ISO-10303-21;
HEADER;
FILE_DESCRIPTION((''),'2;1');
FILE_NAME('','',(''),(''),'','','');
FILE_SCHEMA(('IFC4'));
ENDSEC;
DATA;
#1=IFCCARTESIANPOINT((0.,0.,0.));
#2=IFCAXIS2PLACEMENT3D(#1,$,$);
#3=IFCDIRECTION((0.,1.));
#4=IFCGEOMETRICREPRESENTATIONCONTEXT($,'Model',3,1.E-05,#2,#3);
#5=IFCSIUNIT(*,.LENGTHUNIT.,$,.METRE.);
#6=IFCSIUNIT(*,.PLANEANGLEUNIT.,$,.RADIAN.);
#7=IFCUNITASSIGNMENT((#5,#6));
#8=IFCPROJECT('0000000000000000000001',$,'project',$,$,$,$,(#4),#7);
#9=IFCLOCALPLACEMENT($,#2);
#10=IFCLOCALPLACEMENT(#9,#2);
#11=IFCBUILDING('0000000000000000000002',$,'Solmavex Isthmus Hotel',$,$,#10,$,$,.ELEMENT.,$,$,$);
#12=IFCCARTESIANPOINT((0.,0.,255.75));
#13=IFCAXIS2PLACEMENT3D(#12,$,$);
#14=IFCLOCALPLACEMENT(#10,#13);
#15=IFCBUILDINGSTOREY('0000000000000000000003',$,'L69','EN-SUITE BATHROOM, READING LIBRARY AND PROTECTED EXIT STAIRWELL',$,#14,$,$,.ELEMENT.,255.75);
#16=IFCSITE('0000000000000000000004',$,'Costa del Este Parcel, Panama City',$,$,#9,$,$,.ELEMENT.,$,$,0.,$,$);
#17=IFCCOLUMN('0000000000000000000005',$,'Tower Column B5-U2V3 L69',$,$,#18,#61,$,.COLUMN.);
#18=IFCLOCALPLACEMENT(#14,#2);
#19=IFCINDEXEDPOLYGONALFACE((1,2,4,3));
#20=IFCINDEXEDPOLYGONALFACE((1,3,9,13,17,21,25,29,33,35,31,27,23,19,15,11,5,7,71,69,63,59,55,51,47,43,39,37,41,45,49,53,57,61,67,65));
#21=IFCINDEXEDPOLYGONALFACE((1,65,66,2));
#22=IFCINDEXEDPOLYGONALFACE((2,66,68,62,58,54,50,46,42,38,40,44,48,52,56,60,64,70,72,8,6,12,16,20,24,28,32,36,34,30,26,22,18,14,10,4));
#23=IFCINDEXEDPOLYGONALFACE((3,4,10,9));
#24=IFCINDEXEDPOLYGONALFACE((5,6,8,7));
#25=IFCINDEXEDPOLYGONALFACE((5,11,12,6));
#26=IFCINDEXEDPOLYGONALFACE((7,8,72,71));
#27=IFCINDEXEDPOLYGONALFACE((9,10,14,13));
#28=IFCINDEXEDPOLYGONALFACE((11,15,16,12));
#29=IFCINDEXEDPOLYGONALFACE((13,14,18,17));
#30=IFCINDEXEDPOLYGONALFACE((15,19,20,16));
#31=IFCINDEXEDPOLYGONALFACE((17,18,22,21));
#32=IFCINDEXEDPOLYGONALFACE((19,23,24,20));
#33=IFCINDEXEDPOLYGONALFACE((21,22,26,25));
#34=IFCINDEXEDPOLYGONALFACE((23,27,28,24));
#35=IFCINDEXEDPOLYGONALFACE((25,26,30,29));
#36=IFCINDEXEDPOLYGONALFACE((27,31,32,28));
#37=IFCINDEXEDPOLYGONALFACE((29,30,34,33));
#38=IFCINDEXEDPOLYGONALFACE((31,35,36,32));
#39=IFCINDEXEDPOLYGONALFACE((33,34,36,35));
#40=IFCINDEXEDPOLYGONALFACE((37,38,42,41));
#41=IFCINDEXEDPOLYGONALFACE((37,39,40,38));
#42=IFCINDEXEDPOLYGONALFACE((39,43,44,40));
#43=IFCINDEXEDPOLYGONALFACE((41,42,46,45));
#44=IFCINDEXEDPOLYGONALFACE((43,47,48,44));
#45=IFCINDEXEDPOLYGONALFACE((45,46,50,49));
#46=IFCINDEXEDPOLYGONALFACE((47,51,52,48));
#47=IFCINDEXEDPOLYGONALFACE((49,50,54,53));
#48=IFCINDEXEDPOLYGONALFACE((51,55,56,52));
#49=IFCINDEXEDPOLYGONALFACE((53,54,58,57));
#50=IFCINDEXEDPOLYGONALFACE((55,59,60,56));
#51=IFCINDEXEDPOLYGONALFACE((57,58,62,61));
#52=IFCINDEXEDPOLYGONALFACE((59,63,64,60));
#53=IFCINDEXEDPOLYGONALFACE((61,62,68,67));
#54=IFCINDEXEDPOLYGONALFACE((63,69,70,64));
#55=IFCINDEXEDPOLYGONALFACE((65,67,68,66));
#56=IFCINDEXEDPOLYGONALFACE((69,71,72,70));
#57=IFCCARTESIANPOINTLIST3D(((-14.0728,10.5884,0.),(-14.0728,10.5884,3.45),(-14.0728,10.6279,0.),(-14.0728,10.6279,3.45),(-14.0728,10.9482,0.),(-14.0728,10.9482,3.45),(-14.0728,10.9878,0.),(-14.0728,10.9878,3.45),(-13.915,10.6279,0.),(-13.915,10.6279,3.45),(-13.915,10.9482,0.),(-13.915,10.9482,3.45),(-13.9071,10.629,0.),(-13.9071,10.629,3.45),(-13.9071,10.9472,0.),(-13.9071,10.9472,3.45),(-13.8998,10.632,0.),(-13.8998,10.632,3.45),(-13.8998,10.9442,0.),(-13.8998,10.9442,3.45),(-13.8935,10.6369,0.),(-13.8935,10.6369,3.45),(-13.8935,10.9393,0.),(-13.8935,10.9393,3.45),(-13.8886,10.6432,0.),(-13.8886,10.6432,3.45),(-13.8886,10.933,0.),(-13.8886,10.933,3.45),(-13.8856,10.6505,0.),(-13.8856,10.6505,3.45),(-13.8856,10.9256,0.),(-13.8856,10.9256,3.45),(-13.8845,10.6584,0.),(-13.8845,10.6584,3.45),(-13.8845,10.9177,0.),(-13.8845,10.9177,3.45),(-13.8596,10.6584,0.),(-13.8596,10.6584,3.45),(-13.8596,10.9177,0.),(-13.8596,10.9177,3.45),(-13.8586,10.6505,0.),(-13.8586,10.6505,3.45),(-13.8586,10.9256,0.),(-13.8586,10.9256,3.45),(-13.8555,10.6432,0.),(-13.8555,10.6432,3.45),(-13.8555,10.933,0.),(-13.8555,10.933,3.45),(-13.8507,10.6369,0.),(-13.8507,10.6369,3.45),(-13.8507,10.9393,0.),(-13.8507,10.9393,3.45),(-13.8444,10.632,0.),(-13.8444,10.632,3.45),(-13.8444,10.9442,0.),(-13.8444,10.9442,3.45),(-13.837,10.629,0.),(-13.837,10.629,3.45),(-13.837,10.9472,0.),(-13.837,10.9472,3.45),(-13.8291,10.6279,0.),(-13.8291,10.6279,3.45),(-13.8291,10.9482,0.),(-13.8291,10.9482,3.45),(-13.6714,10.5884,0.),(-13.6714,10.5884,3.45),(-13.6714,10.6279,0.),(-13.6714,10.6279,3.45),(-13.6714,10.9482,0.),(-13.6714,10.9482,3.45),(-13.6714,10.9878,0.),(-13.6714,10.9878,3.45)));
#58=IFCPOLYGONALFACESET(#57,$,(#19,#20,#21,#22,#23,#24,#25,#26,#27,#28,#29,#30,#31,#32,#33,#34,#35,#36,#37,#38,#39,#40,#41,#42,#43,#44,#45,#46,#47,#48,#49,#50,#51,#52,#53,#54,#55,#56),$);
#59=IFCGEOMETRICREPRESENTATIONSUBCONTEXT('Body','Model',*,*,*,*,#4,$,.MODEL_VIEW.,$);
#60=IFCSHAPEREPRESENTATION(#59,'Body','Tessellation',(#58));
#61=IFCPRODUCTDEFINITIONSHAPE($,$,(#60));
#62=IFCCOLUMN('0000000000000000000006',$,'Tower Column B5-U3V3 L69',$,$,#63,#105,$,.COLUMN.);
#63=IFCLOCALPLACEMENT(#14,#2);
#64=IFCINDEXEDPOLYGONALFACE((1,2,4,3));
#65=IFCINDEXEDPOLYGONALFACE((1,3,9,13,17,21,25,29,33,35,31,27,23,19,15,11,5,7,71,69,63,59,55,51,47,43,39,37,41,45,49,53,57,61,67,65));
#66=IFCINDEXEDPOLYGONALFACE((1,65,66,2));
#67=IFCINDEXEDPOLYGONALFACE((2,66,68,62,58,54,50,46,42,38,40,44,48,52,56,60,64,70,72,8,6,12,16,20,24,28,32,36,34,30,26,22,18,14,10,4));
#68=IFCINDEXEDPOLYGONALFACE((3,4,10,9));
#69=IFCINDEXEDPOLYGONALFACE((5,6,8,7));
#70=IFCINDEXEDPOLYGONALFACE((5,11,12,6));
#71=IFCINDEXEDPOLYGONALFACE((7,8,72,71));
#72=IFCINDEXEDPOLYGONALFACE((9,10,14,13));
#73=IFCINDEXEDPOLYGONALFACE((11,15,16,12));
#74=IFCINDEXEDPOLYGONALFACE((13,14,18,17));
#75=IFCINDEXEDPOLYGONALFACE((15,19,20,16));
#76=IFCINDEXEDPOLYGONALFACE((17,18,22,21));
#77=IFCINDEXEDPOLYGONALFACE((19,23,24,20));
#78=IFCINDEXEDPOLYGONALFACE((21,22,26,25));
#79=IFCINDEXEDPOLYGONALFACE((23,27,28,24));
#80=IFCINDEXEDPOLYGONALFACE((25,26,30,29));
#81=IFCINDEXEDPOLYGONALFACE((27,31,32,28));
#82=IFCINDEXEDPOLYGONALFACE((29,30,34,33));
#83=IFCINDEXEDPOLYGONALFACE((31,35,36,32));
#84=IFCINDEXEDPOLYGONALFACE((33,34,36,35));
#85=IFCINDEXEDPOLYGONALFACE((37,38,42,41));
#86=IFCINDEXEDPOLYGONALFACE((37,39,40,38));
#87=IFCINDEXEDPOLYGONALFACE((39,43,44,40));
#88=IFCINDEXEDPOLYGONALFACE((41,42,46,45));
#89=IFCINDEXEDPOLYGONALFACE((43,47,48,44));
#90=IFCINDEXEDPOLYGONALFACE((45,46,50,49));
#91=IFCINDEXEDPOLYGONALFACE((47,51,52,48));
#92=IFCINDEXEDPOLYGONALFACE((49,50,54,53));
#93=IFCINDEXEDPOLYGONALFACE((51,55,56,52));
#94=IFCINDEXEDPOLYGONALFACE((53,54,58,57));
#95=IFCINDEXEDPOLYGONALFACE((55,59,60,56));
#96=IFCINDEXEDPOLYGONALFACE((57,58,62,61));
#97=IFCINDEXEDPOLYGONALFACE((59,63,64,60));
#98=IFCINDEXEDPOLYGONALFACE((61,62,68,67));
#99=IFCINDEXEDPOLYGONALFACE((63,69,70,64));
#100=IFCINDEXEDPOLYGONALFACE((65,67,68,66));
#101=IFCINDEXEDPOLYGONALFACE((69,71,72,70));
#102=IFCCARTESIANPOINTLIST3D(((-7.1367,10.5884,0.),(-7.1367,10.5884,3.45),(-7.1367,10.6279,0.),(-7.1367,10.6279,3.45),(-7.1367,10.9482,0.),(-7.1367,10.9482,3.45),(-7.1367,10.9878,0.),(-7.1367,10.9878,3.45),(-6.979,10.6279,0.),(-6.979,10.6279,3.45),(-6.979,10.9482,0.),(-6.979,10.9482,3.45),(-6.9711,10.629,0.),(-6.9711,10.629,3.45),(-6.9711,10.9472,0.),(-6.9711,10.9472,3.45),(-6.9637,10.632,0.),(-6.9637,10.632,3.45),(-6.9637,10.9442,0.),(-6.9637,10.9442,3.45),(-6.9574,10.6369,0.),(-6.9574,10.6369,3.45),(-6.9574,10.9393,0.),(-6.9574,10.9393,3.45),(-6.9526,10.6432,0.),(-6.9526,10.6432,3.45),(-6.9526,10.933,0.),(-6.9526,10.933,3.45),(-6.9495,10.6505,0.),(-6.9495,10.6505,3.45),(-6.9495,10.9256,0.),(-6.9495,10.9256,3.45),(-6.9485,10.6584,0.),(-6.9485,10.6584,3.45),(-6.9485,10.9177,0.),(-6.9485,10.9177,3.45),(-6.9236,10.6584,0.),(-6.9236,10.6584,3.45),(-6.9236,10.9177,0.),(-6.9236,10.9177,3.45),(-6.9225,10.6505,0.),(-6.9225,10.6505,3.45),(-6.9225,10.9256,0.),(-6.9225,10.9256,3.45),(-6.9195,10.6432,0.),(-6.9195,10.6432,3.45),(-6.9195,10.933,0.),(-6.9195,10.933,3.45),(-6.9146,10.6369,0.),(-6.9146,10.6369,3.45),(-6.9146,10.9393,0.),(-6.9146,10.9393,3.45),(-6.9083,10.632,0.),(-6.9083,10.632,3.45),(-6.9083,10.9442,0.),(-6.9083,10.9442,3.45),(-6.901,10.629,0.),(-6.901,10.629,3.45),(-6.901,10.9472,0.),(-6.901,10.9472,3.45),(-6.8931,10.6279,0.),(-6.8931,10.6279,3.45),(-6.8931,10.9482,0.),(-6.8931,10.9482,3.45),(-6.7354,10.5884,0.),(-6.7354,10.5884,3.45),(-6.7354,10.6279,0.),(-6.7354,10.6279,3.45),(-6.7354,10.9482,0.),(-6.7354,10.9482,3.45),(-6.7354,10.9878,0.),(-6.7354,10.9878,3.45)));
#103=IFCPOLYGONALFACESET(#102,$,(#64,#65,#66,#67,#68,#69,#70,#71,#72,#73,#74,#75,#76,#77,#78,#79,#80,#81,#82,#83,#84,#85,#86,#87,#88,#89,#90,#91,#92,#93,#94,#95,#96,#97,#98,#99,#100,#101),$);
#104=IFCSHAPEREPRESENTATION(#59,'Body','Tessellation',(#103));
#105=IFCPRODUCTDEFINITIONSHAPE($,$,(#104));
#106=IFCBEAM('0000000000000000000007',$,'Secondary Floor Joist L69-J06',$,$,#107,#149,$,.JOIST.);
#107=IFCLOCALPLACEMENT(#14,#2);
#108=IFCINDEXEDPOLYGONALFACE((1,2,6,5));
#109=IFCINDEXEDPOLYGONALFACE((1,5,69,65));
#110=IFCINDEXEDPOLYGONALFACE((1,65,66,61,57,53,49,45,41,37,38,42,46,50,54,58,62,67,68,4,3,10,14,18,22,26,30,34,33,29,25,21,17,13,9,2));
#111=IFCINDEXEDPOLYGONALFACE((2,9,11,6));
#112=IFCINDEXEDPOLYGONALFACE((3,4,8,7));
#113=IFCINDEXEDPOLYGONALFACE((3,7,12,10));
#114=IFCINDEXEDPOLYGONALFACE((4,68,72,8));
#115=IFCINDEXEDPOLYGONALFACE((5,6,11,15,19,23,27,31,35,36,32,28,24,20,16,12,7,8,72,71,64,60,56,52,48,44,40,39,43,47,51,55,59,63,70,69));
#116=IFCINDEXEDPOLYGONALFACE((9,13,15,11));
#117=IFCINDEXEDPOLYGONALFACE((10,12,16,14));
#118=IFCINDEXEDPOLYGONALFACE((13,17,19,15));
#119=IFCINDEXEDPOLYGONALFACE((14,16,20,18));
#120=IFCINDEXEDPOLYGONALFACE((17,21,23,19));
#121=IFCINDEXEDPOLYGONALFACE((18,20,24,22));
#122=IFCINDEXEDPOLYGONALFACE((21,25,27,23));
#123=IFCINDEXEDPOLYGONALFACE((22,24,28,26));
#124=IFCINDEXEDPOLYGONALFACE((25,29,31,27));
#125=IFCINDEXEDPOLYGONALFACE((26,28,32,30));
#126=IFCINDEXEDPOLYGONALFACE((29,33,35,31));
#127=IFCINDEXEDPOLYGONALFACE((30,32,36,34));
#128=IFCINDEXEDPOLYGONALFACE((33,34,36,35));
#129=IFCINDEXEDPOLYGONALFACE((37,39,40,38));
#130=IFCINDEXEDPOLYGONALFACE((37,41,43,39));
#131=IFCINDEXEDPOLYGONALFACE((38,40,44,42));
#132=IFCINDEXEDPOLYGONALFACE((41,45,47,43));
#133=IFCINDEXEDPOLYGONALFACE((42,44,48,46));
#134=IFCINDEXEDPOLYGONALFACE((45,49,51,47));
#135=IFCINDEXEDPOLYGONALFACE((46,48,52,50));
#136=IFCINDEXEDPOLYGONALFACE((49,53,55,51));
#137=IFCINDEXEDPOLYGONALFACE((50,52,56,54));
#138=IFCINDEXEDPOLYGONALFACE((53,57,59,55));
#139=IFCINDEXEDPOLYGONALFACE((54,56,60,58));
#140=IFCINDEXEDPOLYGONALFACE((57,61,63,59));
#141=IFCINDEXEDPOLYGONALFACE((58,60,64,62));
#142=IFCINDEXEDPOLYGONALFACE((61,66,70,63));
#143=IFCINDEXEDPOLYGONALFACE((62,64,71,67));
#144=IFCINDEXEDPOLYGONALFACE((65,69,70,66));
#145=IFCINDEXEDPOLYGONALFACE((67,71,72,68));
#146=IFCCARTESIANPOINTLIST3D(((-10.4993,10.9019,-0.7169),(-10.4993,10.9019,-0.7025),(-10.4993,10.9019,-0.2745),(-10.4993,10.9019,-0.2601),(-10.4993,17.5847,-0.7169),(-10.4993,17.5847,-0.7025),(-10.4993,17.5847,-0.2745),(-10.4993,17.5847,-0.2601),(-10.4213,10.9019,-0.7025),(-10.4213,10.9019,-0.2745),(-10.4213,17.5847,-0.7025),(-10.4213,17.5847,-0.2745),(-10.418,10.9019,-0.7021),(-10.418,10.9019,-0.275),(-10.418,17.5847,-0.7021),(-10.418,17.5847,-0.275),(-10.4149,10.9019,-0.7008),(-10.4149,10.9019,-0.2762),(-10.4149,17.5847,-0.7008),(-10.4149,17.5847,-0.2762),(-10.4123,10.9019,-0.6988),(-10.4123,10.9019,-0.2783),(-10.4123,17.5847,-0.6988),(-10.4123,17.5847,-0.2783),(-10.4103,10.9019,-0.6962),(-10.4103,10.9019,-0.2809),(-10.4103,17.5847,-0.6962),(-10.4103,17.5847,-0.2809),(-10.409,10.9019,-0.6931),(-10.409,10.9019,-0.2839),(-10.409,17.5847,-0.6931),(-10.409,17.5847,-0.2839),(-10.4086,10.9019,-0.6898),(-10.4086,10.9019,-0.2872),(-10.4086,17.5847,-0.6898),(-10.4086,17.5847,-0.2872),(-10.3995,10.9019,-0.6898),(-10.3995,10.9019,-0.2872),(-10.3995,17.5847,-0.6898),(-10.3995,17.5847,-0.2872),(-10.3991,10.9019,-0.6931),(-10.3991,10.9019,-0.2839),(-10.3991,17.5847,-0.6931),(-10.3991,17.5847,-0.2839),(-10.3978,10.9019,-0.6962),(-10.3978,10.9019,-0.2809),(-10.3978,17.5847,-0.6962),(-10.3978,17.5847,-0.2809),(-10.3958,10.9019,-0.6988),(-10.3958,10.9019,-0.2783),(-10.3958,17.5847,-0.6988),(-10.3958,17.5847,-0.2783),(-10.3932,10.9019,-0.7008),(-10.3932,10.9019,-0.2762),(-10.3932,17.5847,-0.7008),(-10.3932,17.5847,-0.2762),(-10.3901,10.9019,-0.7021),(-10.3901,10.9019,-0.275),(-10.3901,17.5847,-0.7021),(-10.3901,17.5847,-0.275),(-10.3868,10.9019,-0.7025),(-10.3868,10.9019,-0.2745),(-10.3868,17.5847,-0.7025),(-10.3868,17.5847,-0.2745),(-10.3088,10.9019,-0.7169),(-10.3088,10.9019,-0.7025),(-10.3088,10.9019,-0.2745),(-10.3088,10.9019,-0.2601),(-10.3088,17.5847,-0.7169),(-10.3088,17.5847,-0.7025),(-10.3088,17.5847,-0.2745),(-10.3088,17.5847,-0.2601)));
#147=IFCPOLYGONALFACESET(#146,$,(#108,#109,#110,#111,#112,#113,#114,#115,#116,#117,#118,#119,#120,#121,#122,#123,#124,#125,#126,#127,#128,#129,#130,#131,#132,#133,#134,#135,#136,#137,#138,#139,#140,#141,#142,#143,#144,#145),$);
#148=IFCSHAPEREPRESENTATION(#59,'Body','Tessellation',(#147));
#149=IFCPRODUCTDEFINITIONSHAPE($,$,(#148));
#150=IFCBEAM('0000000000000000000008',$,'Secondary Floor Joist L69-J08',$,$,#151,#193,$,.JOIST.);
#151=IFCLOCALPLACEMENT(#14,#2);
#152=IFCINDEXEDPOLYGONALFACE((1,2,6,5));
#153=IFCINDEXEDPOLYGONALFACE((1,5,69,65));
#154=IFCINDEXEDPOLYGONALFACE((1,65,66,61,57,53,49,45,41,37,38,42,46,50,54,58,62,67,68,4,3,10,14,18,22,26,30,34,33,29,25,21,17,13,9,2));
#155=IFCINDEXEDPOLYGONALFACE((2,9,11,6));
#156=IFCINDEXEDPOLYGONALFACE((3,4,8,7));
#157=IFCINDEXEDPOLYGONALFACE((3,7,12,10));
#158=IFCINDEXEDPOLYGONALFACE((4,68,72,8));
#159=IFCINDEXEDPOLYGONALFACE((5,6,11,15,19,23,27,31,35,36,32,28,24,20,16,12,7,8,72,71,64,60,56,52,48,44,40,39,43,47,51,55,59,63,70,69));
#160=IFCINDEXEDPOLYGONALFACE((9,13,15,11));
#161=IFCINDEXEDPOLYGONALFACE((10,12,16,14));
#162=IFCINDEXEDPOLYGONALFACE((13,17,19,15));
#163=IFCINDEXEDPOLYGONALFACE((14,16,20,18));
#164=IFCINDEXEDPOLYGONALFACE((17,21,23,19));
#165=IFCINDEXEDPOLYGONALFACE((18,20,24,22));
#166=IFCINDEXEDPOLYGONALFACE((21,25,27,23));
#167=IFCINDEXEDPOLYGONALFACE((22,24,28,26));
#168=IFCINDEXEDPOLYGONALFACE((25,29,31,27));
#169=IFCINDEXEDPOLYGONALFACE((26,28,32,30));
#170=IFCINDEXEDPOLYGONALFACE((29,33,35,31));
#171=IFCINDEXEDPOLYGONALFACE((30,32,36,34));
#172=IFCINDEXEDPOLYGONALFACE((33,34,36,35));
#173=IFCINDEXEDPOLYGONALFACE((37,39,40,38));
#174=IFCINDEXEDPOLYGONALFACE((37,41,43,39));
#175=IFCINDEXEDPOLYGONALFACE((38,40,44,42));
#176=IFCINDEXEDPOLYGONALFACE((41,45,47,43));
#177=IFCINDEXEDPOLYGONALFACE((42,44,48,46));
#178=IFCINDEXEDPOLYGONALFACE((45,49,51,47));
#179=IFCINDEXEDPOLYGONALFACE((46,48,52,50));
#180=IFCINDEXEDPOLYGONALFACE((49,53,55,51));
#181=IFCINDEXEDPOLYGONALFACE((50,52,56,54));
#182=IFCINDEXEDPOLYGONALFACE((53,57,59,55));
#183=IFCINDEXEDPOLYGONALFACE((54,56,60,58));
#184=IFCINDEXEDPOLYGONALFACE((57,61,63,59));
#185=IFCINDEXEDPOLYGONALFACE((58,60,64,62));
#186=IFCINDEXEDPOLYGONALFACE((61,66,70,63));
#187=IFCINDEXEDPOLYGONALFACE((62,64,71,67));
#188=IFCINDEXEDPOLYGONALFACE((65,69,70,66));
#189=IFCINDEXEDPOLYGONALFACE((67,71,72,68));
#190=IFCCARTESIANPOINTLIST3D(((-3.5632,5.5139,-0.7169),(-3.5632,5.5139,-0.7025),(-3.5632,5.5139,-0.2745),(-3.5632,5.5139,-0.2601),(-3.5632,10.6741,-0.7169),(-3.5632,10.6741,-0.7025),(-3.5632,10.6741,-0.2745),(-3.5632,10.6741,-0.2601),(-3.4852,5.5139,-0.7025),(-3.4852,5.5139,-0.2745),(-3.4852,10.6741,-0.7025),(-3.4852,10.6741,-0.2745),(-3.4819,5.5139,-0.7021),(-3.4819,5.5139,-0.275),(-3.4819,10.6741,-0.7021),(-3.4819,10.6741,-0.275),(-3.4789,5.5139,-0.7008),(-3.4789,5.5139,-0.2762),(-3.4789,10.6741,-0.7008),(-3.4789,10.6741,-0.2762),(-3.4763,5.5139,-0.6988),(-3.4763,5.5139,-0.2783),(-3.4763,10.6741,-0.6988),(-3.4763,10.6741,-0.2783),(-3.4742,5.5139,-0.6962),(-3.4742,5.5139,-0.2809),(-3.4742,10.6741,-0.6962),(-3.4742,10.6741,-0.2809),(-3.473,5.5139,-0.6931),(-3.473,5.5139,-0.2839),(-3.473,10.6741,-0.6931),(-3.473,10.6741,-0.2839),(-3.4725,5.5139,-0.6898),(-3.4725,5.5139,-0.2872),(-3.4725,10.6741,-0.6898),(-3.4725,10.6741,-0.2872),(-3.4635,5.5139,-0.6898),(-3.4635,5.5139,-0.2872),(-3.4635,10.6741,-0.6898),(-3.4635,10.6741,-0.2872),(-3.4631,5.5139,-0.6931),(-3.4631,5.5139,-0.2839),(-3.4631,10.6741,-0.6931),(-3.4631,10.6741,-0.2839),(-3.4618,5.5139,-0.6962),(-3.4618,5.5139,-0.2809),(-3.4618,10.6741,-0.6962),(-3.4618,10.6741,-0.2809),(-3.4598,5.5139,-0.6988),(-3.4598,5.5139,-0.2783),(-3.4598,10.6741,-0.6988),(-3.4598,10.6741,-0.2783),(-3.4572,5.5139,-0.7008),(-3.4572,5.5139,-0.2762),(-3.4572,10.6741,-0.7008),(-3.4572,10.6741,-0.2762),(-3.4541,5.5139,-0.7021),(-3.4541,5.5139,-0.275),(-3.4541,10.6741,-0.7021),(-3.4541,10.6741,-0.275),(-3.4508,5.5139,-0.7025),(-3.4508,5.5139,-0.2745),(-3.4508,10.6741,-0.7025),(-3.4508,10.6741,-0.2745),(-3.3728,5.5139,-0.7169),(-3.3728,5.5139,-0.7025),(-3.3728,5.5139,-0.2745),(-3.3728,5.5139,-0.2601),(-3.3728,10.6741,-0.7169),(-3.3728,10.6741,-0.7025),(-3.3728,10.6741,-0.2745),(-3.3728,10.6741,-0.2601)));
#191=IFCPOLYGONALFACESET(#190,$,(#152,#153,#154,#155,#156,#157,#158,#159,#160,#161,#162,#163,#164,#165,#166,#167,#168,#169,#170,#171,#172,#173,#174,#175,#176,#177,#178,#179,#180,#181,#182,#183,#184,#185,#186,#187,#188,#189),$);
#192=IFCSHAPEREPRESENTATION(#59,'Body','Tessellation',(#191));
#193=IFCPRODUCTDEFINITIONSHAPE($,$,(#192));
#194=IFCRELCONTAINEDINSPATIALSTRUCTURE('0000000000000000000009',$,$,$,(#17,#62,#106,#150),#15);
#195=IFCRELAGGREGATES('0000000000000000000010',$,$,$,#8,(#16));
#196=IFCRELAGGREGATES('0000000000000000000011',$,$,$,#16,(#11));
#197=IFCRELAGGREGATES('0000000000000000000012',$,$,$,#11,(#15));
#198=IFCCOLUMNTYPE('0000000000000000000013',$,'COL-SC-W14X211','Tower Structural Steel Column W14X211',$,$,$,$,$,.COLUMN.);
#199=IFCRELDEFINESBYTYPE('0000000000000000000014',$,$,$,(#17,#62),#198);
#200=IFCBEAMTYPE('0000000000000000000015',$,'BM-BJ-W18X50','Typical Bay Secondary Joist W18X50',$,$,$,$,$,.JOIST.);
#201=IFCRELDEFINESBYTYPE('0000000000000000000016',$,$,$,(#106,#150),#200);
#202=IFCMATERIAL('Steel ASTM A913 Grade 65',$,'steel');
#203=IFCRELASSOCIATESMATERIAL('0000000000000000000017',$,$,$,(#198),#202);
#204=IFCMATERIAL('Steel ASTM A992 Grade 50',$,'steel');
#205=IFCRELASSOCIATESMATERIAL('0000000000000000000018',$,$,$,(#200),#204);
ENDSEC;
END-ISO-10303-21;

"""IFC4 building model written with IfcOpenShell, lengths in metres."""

from ifc_helpers import new_model, si_unit, direction, frame, origin, origin_2d, place, context, subcontext, project, spatial, i_section, extrude, material, material_profile, profile_set, type_object, element, save


model = new_model("IFC4")

# Units and contexts
model_context = context("Model", 3, precision=1e-05, world=origin(), true_north=direction((0.0, 1.0)))
body_context = subcontext(model_context, "Body", "Model", "MODEL_VIEW")
ifc_project = project(units=[si_unit("LENGTHUNIT", "METRE"), si_unit("PLANEANGLEUNIT", "RADIAN")], contexts=[model_context])

# Site, building, storey
site_placement = place(None, origin())
site = spatial("IfcSite", under=ifc_project, at=site_placement, Name="Costa del Este Parcel, Panama City", CompositionType="ELEMENT", RefElevation=0.0)
building_placement = place(site_placement, origin())
building = spatial("IfcBuilding", under=site, at=building_placement, Name="Solmavex Isthmus Hotel", CompositionType="ELEMENT")
storey_placement = place(building_placement, frame((0.0, 0.0, 255.75)))
storey = spatial("IfcBuildingStorey", under=building, at=storey_placement, Name="L69", Description="EN-SUITE BATHROOM, READING LIBRARY AND PROTECTED EXIT STAIRWELL", CompositionType="ELEMENT", Elevation=255.75)

# Columns
ifc_material_1 = material(Name="Steel ASTM A913 Grade 65", Category="steel")
ifc_material_profile_1 = material_profile(ifc_material_1, i_section(OverallWidth=0.4014, OverallDepth=0.3994, WebThickness=0.0249, FlangeThickness=0.0396, FilletRadius=0.0305, at=origin_2d()), Name="W14X211")
ifc_profile_set_1 = profile_set([ifc_material_profile_1], Name="Steel ASTM A913 Grade 65")
column_type = type_object("IfcColumnType", Name="COL-SC-W14X211", Description="Tower Structural Steel Column W14X211", PredefinedType="COLUMN", material=ifc_profile_set_1)
for number, where, z_axis, x_axis, name in (
    (1, (-13.8721, 10.7881, 0.0), (0.0, 0.0, 1.0), (1.0, 0.0, 0.0), "Tower Column B5-U2V3 L69"),
    (2, (-6.936, 10.7881, 0.0), (0.0, 0.0, 1.0), (1.0, 0.0, 0.0), "Tower Column B5-U3V3 L69"),
):
    element("IfcColumn", number, at=place(storey_placement, frame(where, z_axis=z_axis, x_axis=x_axis)), inside=storey, type_object=column_type, Name=name, PredefinedType="COLUMN", context=body_context, shape_type="SweptSolid", body=[
        extrude(i_section(OverallWidth=0.4014, OverallDepth=0.3994, WebThickness=0.0249, FlangeThickness=0.0396, FilletRadius=0.0305, at=origin_2d()), origin(), (0.0, 0.0, 1.0), 3.45),
    ])

# Beams
ifc_material_2 = material(Name="Steel ASTM A992 Grade 50", Category="steel")
ifc_material_profile_2 = material_profile(ifc_material_2, i_section(OverallWidth=0.1904, OverallDepth=0.4568, WebThickness=0.009, FlangeThickness=0.0144, FilletRadius=0.0127, at=origin_2d()), Name="W18X50")
ifc_profile_set_2 = profile_set([ifc_material_profile_2], Name="Steel ASTM A992 Grade 50")
beam_type_1 = type_object("IfcBeamType", Name="BM-BJ-W18X50", Description="Typical Bay Secondary Joist W18X50", PredefinedType="JOIST", material=ifc_profile_set_2)
beam_1_placement = place(storey_placement, frame((-10.4041, 10.9019, -0.4885), z_axis=(0.0, 1.0, 0.0), x_axis=(-1.0, 0.0, 0.0)))
element("IfcBeam", 3, at=beam_1_placement, inside=storey, type_object=beam_type_1, Name="Secondary Floor Joist L69-J06", PredefinedType="JOIST", context=body_context, shape_type="SweptSolid", body=[
    extrude(i_section(OverallWidth=0.1904, OverallDepth=0.4568, WebThickness=0.009, FlangeThickness=0.0144, FilletRadius=0.0127, at=origin_2d()), origin(), (0.0, 0.0, 1.0), 6.6829),
])
beam_2_placement = place(storey_placement, frame((-3.468, 5.5139, -0.4885), z_axis=(0.0, 1.0, 0.0), x_axis=(-1.0, 0.0, 0.0)))
element("IfcBeam", 4, at=beam_2_placement, inside=storey, type_object=beam_type_1, Name="Secondary Floor Joist L69-J08", PredefinedType="JOIST", context=body_context, shape_type="SweptSolid", body=[
    extrude(i_section(OverallWidth=0.1904, OverallDepth=0.4568, WebThickness=0.009, FlangeThickness=0.0144, FilletRadius=0.0127, at=origin_2d()), origin(), (0.0, 0.0, 1.0), 5.1602),
])

save(model, "model.ifc")
